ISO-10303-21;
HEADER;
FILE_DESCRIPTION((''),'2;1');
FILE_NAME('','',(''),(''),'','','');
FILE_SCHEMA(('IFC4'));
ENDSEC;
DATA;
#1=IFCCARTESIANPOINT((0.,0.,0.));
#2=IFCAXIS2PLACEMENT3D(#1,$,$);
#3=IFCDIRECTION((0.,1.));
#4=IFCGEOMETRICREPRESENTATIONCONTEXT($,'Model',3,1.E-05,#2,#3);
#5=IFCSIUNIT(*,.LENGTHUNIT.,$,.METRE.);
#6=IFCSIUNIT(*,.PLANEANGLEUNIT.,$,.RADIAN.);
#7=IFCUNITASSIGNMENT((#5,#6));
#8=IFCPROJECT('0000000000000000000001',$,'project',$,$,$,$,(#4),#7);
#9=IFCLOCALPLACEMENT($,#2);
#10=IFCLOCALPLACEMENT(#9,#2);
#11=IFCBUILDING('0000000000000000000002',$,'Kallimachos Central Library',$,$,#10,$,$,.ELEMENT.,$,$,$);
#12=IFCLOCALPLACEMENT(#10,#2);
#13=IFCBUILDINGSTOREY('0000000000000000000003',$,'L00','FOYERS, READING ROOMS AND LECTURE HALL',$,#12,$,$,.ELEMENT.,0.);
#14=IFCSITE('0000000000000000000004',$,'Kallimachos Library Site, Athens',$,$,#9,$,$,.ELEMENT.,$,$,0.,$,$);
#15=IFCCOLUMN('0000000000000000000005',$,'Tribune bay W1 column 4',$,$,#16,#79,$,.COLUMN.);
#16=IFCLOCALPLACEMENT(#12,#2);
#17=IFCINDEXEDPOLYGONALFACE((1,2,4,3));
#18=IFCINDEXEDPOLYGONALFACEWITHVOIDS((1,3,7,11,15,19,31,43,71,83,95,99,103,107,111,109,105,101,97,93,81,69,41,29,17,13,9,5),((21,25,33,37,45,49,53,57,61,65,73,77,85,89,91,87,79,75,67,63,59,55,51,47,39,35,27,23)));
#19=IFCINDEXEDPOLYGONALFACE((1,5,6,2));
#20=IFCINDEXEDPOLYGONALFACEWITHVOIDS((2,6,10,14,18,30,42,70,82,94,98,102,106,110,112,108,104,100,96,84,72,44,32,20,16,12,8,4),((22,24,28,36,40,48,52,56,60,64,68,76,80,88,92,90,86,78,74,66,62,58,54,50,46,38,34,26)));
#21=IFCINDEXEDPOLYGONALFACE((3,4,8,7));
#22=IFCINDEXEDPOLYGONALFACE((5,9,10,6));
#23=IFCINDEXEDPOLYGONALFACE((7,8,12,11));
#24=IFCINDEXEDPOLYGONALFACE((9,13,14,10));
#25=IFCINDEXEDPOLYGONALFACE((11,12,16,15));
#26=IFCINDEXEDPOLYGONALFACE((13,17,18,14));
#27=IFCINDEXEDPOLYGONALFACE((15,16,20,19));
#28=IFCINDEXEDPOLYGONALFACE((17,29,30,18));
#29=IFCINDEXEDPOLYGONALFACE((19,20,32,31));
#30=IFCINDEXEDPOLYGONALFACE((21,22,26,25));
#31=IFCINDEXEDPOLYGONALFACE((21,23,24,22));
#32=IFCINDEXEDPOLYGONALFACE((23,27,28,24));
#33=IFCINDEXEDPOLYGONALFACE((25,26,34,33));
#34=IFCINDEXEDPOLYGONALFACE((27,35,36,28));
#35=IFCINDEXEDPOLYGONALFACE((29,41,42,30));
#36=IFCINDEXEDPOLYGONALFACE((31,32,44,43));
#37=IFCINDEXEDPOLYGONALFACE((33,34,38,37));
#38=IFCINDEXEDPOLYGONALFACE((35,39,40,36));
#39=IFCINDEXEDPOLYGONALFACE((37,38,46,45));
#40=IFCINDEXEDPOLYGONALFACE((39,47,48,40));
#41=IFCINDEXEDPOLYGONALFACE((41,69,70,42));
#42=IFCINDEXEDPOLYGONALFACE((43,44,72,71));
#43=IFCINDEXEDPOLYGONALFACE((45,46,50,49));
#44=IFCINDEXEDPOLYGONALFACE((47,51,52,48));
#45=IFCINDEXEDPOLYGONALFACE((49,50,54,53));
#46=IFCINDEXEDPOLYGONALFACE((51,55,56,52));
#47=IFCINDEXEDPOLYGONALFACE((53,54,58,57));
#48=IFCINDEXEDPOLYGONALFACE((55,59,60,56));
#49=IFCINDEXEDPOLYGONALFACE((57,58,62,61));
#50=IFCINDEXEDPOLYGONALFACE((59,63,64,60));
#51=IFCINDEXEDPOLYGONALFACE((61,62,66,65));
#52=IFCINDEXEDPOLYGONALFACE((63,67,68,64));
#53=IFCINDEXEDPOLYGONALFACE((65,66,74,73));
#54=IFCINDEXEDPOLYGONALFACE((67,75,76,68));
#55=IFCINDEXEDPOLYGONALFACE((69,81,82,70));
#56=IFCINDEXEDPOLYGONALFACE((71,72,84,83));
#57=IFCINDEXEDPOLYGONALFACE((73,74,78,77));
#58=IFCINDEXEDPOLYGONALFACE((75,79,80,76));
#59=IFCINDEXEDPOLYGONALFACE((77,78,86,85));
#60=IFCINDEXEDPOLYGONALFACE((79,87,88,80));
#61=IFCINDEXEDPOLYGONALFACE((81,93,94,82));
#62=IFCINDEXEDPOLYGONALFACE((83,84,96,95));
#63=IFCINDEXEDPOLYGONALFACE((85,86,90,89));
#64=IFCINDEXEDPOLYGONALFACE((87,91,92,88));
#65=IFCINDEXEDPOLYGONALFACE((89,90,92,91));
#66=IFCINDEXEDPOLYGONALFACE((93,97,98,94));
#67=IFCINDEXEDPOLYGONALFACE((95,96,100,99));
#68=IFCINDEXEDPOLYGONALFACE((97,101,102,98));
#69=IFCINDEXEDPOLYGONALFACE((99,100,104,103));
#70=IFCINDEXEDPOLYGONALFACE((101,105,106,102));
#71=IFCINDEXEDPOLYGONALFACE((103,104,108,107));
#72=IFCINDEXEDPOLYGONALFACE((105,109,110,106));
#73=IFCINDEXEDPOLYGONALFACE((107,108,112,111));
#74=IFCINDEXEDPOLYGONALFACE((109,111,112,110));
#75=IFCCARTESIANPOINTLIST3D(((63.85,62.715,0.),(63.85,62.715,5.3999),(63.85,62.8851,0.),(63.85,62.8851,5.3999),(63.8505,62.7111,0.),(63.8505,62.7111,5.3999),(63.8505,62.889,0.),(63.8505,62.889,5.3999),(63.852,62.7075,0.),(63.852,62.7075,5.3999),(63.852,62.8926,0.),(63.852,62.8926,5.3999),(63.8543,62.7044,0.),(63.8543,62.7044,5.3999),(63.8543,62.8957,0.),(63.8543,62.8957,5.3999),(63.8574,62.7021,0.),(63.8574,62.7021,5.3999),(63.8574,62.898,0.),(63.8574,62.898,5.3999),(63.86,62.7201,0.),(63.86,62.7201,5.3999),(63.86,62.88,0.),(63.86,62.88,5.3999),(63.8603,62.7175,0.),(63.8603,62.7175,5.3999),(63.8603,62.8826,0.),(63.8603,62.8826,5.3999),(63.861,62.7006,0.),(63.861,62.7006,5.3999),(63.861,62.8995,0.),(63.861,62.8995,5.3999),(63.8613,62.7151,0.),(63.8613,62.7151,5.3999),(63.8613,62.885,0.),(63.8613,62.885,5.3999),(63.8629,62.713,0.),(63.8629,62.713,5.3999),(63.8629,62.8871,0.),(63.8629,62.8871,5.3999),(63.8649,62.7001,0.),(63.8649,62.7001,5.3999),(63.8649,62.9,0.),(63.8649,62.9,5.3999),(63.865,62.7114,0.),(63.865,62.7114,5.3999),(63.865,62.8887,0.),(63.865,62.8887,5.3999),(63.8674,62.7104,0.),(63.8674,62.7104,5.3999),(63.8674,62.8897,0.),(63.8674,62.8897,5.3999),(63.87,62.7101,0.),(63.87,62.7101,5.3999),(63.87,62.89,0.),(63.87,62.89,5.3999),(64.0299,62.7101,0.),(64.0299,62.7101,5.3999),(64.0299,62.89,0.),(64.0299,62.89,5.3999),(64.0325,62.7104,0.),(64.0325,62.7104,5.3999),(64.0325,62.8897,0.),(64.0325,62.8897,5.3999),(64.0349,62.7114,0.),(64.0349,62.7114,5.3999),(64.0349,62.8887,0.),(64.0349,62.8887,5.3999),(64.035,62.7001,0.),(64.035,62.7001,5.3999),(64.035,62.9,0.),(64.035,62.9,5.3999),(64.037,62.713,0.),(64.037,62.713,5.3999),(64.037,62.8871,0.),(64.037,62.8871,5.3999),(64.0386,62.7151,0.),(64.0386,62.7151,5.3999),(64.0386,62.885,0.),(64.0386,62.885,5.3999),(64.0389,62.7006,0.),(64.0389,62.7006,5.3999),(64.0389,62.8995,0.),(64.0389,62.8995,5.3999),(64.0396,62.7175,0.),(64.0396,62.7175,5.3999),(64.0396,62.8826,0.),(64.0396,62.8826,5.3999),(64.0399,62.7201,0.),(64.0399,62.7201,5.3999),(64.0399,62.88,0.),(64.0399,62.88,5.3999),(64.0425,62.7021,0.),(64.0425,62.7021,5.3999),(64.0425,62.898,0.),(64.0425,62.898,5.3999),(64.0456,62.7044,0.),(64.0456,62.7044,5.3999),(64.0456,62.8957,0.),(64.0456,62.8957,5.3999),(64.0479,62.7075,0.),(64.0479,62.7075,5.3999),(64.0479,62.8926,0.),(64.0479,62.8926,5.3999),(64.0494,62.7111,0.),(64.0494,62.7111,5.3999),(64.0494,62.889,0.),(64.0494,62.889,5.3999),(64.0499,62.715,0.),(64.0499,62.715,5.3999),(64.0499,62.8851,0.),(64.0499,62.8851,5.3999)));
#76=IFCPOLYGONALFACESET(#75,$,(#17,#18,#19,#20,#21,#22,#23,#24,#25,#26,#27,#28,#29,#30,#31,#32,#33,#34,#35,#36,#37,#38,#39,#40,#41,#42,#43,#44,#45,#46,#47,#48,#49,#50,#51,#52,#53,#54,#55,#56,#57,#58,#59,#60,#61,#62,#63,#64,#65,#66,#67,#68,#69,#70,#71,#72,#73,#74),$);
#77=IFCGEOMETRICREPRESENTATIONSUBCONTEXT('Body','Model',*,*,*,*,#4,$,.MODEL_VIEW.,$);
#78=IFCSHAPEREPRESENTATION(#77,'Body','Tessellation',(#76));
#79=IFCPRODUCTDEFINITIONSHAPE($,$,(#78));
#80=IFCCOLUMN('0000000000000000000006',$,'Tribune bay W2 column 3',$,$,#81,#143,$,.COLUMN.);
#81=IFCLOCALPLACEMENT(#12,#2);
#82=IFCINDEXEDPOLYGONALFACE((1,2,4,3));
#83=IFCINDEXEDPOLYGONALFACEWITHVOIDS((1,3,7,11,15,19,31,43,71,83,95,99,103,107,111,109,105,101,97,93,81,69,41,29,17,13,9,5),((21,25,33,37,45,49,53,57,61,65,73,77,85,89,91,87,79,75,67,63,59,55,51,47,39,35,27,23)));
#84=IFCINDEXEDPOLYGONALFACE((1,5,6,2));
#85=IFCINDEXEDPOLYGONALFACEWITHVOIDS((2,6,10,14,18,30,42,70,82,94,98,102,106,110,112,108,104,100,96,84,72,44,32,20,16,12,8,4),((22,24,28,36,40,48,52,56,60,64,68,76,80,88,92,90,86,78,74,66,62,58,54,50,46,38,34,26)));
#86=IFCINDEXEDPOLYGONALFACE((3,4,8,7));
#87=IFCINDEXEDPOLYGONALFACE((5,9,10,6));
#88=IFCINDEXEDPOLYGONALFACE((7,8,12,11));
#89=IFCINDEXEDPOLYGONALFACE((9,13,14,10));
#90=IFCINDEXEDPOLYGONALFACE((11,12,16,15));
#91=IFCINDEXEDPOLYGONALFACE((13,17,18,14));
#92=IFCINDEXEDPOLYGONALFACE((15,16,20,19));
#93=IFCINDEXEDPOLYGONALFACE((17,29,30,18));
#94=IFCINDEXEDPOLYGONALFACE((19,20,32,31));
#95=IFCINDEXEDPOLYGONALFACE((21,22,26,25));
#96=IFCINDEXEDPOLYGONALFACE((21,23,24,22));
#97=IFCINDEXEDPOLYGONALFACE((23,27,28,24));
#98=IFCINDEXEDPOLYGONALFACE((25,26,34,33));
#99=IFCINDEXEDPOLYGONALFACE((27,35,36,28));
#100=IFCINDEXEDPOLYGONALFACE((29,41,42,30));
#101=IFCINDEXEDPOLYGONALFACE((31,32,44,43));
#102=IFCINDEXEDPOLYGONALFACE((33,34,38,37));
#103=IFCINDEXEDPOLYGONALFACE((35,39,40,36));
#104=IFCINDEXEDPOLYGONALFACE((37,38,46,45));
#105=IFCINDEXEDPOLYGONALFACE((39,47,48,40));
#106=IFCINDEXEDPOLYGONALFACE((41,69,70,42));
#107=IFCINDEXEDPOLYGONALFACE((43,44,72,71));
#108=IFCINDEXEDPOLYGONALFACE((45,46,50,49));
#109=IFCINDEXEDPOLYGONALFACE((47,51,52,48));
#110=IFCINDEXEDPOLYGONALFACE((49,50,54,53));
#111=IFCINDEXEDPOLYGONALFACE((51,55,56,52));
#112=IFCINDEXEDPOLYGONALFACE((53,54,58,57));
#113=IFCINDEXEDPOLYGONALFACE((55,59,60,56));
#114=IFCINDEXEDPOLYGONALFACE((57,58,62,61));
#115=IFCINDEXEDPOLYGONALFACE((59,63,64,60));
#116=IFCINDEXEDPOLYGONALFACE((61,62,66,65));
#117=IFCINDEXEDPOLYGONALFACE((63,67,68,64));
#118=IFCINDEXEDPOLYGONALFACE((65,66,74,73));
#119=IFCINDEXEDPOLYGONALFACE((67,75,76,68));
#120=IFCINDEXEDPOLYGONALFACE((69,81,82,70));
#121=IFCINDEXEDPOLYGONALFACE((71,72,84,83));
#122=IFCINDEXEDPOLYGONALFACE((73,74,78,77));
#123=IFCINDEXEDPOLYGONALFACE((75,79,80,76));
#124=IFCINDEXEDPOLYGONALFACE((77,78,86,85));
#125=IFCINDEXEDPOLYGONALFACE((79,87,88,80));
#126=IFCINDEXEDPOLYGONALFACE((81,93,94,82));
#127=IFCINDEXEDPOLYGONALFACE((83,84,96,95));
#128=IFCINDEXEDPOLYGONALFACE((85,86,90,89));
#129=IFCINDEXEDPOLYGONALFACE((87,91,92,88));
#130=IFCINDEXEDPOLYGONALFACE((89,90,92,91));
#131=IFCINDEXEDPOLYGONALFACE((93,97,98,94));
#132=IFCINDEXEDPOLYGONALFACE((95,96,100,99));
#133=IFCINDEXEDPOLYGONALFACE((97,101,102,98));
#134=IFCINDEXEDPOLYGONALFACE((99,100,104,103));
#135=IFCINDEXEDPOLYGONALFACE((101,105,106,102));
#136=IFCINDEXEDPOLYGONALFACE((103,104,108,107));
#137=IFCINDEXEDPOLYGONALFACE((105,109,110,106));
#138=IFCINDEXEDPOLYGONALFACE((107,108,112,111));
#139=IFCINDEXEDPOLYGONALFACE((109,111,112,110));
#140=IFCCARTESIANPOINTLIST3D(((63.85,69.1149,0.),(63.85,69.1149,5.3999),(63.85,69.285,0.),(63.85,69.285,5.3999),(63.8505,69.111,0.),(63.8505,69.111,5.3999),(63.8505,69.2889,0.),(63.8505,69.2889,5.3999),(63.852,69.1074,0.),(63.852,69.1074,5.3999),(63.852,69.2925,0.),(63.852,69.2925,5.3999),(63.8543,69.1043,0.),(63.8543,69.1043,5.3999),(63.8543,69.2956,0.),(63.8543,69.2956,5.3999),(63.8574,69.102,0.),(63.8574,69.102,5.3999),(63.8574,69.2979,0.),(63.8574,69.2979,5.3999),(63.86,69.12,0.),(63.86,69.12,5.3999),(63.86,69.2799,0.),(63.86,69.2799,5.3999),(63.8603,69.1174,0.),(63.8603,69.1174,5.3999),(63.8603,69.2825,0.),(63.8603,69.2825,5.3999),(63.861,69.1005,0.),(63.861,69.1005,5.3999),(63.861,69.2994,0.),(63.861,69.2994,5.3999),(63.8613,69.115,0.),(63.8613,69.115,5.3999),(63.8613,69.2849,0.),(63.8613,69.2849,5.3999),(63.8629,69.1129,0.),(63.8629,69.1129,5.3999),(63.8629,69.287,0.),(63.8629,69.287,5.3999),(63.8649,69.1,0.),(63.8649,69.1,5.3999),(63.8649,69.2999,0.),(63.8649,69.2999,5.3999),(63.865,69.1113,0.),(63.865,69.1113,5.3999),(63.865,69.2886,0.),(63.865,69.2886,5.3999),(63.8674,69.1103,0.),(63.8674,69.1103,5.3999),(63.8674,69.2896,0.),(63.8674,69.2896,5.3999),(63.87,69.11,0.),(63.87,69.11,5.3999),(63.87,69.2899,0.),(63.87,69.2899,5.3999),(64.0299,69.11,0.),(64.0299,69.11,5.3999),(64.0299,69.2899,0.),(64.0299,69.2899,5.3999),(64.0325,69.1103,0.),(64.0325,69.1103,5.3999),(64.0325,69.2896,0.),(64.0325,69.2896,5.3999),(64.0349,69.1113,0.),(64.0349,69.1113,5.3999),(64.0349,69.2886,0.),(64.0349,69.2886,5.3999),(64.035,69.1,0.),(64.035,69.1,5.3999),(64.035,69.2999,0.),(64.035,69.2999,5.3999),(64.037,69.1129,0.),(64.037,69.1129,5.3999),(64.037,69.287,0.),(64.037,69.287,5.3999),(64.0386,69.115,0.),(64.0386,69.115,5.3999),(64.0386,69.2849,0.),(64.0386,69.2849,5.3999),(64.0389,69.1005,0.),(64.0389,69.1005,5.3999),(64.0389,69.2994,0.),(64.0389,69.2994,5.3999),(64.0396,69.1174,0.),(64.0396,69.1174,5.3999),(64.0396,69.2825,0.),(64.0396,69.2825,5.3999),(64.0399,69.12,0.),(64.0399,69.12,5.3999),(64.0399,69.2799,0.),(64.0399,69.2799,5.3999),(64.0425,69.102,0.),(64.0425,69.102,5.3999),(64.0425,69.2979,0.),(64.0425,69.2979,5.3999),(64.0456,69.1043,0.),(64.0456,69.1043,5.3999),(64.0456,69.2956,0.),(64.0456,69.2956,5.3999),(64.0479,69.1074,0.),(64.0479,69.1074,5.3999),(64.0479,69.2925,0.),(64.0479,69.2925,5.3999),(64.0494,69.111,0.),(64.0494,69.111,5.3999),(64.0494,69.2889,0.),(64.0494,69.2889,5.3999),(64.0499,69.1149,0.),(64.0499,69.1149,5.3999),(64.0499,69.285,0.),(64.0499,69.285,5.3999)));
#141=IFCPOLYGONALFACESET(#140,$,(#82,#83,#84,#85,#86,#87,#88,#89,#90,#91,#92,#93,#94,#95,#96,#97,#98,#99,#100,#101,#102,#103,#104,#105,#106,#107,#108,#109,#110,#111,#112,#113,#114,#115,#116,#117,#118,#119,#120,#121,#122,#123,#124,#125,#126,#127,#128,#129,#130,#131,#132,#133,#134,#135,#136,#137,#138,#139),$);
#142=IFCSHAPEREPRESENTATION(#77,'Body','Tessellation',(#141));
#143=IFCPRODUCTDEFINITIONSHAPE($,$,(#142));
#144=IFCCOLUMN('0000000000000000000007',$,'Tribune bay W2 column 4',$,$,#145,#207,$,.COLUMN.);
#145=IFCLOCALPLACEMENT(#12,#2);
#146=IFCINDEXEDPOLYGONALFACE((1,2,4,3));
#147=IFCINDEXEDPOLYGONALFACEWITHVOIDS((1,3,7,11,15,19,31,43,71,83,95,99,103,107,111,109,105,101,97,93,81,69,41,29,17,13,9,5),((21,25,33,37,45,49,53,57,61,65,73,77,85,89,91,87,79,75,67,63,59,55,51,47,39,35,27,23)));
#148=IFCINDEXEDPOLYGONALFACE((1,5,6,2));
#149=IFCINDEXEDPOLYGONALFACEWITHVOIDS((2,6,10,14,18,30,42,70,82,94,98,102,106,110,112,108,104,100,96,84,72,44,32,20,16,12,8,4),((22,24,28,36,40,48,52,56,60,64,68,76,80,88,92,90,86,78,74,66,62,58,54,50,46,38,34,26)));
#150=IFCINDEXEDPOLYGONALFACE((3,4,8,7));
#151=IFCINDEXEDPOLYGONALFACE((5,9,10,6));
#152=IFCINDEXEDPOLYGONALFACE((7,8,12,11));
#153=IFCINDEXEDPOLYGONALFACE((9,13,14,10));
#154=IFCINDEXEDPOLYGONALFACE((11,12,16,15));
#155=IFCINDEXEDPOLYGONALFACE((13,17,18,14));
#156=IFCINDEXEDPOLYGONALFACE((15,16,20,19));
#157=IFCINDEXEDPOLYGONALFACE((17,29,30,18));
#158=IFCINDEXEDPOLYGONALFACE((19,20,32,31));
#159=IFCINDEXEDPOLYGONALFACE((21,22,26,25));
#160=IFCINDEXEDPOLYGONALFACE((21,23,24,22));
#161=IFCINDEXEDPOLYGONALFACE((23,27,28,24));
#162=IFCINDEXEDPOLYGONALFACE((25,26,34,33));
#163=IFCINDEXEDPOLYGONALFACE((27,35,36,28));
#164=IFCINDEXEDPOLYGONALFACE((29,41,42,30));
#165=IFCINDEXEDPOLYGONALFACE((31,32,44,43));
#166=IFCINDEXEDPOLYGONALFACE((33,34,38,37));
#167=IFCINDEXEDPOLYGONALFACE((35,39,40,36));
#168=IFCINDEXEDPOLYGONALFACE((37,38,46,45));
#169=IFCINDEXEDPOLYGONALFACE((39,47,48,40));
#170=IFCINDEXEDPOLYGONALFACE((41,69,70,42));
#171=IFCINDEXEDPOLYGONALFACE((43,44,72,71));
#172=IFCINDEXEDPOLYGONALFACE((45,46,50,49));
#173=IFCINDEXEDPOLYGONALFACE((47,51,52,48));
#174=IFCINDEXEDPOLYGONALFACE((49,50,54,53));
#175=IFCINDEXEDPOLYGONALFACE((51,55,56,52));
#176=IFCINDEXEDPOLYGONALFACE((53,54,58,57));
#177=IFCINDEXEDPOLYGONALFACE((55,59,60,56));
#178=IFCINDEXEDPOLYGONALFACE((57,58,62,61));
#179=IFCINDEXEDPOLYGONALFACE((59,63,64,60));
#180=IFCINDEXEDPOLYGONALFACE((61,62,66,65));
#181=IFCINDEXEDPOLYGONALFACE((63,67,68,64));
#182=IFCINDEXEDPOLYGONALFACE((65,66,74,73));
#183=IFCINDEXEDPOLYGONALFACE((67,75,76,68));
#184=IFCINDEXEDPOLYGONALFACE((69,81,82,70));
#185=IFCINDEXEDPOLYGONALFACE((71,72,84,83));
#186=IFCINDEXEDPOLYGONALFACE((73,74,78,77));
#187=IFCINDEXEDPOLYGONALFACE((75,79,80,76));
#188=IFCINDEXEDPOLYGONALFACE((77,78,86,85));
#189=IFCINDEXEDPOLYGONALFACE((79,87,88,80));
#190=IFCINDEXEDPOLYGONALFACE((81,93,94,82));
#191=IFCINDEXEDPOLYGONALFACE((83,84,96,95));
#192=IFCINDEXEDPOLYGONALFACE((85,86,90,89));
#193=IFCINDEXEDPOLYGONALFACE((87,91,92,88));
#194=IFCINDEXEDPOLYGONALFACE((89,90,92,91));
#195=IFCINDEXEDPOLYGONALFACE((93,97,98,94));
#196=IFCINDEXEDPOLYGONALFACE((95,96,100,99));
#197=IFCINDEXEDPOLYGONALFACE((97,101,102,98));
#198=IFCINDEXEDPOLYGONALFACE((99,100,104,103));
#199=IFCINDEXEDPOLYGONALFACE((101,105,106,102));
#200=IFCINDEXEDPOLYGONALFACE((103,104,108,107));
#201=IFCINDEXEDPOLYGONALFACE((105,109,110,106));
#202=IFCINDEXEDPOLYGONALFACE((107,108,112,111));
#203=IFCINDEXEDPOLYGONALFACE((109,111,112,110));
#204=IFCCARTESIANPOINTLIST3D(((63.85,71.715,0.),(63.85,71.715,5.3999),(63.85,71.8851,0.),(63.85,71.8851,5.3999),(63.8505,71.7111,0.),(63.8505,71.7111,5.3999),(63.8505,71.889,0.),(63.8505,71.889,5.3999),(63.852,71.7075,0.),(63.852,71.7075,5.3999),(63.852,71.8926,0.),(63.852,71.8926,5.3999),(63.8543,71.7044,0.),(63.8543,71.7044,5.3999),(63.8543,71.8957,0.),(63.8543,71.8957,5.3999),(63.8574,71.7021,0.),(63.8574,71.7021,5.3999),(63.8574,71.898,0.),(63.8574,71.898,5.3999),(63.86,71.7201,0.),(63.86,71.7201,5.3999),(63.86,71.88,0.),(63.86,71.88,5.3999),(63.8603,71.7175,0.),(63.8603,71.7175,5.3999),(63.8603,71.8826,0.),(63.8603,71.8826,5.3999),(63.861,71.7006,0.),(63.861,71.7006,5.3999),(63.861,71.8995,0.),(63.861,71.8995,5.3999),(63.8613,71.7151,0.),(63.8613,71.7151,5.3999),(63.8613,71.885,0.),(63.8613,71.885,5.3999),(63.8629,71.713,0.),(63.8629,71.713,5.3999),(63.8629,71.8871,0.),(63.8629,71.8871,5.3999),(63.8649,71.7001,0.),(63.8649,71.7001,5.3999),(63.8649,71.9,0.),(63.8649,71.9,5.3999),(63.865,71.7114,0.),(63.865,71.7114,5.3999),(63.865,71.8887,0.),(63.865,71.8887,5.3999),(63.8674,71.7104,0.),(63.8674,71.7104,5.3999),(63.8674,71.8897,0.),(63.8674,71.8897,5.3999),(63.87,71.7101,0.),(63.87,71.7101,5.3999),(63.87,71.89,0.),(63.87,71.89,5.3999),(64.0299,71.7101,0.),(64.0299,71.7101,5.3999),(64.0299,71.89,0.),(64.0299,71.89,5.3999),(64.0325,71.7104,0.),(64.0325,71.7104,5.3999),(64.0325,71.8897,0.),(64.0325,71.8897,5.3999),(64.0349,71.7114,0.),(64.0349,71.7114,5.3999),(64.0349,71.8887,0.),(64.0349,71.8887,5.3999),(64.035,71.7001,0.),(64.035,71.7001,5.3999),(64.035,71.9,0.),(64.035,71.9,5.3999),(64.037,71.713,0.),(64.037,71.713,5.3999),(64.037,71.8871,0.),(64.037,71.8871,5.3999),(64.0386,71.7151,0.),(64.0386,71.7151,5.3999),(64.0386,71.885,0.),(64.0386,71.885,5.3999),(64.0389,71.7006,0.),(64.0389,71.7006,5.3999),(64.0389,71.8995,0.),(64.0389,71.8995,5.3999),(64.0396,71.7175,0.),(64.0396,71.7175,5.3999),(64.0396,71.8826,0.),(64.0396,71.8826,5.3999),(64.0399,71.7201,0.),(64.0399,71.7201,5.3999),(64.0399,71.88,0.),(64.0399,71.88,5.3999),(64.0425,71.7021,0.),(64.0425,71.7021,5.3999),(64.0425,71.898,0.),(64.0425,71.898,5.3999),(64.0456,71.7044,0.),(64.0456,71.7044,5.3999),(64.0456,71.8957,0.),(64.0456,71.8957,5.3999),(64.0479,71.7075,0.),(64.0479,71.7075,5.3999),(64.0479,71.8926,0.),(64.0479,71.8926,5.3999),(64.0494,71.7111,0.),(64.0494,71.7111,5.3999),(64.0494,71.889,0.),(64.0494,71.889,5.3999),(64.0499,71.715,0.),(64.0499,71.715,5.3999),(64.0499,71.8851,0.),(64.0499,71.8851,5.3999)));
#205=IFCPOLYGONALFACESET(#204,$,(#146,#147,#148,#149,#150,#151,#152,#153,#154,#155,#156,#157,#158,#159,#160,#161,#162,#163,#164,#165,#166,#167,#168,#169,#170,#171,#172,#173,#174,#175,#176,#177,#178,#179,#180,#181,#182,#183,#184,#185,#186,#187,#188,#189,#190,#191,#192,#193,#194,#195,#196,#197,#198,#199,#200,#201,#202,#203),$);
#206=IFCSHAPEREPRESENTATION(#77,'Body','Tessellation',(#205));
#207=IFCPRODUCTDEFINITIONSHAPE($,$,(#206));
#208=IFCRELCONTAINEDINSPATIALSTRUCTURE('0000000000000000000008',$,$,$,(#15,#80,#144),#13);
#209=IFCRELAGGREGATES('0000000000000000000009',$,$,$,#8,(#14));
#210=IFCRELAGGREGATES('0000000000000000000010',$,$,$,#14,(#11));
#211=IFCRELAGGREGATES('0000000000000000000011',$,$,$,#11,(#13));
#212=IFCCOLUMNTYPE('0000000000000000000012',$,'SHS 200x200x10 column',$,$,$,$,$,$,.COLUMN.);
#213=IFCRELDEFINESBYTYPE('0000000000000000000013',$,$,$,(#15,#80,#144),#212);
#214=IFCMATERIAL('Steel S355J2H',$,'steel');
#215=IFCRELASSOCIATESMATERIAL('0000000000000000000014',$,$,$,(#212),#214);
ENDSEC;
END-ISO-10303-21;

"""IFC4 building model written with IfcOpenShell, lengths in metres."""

from ifc_helpers import new_model, si_unit, direction, frame, origin, origin_2d, place, context, subcontext, project, spatial, hollow_rectangle, extrude, material, material_profile, profile_set, type_object, element, save


model = new_model("IFC4")

# Units and contexts
model_context = context("Model", 3, precision=1e-05, world=origin(), true_north=direction((0.0, 1.0)))
body_context = subcontext(model_context, "Body", "Model", "MODEL_VIEW")
ifc_project = project(units=[si_unit("LENGTHUNIT", "METRE"), si_unit("PLANEANGLEUNIT", "RADIAN")], contexts=[model_context])

# Site, building, storey
site_placement = place(None, origin())
site = spatial("IfcSite", under=ifc_project, at=site_placement, Name="Kallimachos Library Site, Athens", CompositionType="ELEMENT", RefElevation=0.0)
building_placement = place(site_placement, origin())
building = spatial("IfcBuilding", under=site, at=building_placement, Name="Kallimachos Central Library", CompositionType="ELEMENT")
storey_placement = place(building_placement, origin())
storey = spatial("IfcBuildingStorey", under=building, at=storey_placement, Name="L00", Description="FOYERS, READING ROOMS AND LECTURE HALL", CompositionType="ELEMENT", Elevation=0.0)

# Columns
ifc_material_1 = material(Name="Steel S355J2H", Category="steel")
ifc_material_profile = material_profile(ifc_material_1, hollow_rectangle(XDim=0.2, YDim=0.2, WallThickness=0.01, InnerFilletRadius=0.01, OuterFilletRadius=0.0149, at=origin_2d()), Name="SHS 200x200x10")
ifc_profile_set = profile_set([ifc_material_profile], Name="Steel S355J2H")
column_type = type_object("IfcColumnType", Name="SHS 200x200x10 column", PredefinedType="COLUMN", material=ifc_profile_set)
for number, where, z_axis, x_axis, name in (
    (1, (63.95, 62.8, 0.0), (0.0, 0.0, 1.0), (1.0, 0.0, 0.0), "Tribune bay W1 column 4"),
    (2, (63.95, 69.2, 0.0), (0.0, 0.0, 1.0), (1.0, 0.0, 0.0), "Tribune bay W2 column 3"),
    (3, (63.95, 71.8, 0.0), (0.0, 0.0, 1.0), (1.0, 0.0, 0.0), "Tribune bay W2 column 4"),
):
    element("IfcColumn", number, at=place(storey_placement, frame(where, z_axis=z_axis, x_axis=x_axis)), inside=storey, type_object=column_type, Name=name, PredefinedType="COLUMN", context=body_context, shape_type="SweptSolid", body=[
        extrude(hollow_rectangle(XDim=0.2, YDim=0.2, WallThickness=0.01, InnerFilletRadius=0.01, OuterFilletRadius=0.0149, at=origin_2d()), origin(), (0.0, 0.0, 1.0), 5.3999),
    ])

save(model, "model.ifc")
